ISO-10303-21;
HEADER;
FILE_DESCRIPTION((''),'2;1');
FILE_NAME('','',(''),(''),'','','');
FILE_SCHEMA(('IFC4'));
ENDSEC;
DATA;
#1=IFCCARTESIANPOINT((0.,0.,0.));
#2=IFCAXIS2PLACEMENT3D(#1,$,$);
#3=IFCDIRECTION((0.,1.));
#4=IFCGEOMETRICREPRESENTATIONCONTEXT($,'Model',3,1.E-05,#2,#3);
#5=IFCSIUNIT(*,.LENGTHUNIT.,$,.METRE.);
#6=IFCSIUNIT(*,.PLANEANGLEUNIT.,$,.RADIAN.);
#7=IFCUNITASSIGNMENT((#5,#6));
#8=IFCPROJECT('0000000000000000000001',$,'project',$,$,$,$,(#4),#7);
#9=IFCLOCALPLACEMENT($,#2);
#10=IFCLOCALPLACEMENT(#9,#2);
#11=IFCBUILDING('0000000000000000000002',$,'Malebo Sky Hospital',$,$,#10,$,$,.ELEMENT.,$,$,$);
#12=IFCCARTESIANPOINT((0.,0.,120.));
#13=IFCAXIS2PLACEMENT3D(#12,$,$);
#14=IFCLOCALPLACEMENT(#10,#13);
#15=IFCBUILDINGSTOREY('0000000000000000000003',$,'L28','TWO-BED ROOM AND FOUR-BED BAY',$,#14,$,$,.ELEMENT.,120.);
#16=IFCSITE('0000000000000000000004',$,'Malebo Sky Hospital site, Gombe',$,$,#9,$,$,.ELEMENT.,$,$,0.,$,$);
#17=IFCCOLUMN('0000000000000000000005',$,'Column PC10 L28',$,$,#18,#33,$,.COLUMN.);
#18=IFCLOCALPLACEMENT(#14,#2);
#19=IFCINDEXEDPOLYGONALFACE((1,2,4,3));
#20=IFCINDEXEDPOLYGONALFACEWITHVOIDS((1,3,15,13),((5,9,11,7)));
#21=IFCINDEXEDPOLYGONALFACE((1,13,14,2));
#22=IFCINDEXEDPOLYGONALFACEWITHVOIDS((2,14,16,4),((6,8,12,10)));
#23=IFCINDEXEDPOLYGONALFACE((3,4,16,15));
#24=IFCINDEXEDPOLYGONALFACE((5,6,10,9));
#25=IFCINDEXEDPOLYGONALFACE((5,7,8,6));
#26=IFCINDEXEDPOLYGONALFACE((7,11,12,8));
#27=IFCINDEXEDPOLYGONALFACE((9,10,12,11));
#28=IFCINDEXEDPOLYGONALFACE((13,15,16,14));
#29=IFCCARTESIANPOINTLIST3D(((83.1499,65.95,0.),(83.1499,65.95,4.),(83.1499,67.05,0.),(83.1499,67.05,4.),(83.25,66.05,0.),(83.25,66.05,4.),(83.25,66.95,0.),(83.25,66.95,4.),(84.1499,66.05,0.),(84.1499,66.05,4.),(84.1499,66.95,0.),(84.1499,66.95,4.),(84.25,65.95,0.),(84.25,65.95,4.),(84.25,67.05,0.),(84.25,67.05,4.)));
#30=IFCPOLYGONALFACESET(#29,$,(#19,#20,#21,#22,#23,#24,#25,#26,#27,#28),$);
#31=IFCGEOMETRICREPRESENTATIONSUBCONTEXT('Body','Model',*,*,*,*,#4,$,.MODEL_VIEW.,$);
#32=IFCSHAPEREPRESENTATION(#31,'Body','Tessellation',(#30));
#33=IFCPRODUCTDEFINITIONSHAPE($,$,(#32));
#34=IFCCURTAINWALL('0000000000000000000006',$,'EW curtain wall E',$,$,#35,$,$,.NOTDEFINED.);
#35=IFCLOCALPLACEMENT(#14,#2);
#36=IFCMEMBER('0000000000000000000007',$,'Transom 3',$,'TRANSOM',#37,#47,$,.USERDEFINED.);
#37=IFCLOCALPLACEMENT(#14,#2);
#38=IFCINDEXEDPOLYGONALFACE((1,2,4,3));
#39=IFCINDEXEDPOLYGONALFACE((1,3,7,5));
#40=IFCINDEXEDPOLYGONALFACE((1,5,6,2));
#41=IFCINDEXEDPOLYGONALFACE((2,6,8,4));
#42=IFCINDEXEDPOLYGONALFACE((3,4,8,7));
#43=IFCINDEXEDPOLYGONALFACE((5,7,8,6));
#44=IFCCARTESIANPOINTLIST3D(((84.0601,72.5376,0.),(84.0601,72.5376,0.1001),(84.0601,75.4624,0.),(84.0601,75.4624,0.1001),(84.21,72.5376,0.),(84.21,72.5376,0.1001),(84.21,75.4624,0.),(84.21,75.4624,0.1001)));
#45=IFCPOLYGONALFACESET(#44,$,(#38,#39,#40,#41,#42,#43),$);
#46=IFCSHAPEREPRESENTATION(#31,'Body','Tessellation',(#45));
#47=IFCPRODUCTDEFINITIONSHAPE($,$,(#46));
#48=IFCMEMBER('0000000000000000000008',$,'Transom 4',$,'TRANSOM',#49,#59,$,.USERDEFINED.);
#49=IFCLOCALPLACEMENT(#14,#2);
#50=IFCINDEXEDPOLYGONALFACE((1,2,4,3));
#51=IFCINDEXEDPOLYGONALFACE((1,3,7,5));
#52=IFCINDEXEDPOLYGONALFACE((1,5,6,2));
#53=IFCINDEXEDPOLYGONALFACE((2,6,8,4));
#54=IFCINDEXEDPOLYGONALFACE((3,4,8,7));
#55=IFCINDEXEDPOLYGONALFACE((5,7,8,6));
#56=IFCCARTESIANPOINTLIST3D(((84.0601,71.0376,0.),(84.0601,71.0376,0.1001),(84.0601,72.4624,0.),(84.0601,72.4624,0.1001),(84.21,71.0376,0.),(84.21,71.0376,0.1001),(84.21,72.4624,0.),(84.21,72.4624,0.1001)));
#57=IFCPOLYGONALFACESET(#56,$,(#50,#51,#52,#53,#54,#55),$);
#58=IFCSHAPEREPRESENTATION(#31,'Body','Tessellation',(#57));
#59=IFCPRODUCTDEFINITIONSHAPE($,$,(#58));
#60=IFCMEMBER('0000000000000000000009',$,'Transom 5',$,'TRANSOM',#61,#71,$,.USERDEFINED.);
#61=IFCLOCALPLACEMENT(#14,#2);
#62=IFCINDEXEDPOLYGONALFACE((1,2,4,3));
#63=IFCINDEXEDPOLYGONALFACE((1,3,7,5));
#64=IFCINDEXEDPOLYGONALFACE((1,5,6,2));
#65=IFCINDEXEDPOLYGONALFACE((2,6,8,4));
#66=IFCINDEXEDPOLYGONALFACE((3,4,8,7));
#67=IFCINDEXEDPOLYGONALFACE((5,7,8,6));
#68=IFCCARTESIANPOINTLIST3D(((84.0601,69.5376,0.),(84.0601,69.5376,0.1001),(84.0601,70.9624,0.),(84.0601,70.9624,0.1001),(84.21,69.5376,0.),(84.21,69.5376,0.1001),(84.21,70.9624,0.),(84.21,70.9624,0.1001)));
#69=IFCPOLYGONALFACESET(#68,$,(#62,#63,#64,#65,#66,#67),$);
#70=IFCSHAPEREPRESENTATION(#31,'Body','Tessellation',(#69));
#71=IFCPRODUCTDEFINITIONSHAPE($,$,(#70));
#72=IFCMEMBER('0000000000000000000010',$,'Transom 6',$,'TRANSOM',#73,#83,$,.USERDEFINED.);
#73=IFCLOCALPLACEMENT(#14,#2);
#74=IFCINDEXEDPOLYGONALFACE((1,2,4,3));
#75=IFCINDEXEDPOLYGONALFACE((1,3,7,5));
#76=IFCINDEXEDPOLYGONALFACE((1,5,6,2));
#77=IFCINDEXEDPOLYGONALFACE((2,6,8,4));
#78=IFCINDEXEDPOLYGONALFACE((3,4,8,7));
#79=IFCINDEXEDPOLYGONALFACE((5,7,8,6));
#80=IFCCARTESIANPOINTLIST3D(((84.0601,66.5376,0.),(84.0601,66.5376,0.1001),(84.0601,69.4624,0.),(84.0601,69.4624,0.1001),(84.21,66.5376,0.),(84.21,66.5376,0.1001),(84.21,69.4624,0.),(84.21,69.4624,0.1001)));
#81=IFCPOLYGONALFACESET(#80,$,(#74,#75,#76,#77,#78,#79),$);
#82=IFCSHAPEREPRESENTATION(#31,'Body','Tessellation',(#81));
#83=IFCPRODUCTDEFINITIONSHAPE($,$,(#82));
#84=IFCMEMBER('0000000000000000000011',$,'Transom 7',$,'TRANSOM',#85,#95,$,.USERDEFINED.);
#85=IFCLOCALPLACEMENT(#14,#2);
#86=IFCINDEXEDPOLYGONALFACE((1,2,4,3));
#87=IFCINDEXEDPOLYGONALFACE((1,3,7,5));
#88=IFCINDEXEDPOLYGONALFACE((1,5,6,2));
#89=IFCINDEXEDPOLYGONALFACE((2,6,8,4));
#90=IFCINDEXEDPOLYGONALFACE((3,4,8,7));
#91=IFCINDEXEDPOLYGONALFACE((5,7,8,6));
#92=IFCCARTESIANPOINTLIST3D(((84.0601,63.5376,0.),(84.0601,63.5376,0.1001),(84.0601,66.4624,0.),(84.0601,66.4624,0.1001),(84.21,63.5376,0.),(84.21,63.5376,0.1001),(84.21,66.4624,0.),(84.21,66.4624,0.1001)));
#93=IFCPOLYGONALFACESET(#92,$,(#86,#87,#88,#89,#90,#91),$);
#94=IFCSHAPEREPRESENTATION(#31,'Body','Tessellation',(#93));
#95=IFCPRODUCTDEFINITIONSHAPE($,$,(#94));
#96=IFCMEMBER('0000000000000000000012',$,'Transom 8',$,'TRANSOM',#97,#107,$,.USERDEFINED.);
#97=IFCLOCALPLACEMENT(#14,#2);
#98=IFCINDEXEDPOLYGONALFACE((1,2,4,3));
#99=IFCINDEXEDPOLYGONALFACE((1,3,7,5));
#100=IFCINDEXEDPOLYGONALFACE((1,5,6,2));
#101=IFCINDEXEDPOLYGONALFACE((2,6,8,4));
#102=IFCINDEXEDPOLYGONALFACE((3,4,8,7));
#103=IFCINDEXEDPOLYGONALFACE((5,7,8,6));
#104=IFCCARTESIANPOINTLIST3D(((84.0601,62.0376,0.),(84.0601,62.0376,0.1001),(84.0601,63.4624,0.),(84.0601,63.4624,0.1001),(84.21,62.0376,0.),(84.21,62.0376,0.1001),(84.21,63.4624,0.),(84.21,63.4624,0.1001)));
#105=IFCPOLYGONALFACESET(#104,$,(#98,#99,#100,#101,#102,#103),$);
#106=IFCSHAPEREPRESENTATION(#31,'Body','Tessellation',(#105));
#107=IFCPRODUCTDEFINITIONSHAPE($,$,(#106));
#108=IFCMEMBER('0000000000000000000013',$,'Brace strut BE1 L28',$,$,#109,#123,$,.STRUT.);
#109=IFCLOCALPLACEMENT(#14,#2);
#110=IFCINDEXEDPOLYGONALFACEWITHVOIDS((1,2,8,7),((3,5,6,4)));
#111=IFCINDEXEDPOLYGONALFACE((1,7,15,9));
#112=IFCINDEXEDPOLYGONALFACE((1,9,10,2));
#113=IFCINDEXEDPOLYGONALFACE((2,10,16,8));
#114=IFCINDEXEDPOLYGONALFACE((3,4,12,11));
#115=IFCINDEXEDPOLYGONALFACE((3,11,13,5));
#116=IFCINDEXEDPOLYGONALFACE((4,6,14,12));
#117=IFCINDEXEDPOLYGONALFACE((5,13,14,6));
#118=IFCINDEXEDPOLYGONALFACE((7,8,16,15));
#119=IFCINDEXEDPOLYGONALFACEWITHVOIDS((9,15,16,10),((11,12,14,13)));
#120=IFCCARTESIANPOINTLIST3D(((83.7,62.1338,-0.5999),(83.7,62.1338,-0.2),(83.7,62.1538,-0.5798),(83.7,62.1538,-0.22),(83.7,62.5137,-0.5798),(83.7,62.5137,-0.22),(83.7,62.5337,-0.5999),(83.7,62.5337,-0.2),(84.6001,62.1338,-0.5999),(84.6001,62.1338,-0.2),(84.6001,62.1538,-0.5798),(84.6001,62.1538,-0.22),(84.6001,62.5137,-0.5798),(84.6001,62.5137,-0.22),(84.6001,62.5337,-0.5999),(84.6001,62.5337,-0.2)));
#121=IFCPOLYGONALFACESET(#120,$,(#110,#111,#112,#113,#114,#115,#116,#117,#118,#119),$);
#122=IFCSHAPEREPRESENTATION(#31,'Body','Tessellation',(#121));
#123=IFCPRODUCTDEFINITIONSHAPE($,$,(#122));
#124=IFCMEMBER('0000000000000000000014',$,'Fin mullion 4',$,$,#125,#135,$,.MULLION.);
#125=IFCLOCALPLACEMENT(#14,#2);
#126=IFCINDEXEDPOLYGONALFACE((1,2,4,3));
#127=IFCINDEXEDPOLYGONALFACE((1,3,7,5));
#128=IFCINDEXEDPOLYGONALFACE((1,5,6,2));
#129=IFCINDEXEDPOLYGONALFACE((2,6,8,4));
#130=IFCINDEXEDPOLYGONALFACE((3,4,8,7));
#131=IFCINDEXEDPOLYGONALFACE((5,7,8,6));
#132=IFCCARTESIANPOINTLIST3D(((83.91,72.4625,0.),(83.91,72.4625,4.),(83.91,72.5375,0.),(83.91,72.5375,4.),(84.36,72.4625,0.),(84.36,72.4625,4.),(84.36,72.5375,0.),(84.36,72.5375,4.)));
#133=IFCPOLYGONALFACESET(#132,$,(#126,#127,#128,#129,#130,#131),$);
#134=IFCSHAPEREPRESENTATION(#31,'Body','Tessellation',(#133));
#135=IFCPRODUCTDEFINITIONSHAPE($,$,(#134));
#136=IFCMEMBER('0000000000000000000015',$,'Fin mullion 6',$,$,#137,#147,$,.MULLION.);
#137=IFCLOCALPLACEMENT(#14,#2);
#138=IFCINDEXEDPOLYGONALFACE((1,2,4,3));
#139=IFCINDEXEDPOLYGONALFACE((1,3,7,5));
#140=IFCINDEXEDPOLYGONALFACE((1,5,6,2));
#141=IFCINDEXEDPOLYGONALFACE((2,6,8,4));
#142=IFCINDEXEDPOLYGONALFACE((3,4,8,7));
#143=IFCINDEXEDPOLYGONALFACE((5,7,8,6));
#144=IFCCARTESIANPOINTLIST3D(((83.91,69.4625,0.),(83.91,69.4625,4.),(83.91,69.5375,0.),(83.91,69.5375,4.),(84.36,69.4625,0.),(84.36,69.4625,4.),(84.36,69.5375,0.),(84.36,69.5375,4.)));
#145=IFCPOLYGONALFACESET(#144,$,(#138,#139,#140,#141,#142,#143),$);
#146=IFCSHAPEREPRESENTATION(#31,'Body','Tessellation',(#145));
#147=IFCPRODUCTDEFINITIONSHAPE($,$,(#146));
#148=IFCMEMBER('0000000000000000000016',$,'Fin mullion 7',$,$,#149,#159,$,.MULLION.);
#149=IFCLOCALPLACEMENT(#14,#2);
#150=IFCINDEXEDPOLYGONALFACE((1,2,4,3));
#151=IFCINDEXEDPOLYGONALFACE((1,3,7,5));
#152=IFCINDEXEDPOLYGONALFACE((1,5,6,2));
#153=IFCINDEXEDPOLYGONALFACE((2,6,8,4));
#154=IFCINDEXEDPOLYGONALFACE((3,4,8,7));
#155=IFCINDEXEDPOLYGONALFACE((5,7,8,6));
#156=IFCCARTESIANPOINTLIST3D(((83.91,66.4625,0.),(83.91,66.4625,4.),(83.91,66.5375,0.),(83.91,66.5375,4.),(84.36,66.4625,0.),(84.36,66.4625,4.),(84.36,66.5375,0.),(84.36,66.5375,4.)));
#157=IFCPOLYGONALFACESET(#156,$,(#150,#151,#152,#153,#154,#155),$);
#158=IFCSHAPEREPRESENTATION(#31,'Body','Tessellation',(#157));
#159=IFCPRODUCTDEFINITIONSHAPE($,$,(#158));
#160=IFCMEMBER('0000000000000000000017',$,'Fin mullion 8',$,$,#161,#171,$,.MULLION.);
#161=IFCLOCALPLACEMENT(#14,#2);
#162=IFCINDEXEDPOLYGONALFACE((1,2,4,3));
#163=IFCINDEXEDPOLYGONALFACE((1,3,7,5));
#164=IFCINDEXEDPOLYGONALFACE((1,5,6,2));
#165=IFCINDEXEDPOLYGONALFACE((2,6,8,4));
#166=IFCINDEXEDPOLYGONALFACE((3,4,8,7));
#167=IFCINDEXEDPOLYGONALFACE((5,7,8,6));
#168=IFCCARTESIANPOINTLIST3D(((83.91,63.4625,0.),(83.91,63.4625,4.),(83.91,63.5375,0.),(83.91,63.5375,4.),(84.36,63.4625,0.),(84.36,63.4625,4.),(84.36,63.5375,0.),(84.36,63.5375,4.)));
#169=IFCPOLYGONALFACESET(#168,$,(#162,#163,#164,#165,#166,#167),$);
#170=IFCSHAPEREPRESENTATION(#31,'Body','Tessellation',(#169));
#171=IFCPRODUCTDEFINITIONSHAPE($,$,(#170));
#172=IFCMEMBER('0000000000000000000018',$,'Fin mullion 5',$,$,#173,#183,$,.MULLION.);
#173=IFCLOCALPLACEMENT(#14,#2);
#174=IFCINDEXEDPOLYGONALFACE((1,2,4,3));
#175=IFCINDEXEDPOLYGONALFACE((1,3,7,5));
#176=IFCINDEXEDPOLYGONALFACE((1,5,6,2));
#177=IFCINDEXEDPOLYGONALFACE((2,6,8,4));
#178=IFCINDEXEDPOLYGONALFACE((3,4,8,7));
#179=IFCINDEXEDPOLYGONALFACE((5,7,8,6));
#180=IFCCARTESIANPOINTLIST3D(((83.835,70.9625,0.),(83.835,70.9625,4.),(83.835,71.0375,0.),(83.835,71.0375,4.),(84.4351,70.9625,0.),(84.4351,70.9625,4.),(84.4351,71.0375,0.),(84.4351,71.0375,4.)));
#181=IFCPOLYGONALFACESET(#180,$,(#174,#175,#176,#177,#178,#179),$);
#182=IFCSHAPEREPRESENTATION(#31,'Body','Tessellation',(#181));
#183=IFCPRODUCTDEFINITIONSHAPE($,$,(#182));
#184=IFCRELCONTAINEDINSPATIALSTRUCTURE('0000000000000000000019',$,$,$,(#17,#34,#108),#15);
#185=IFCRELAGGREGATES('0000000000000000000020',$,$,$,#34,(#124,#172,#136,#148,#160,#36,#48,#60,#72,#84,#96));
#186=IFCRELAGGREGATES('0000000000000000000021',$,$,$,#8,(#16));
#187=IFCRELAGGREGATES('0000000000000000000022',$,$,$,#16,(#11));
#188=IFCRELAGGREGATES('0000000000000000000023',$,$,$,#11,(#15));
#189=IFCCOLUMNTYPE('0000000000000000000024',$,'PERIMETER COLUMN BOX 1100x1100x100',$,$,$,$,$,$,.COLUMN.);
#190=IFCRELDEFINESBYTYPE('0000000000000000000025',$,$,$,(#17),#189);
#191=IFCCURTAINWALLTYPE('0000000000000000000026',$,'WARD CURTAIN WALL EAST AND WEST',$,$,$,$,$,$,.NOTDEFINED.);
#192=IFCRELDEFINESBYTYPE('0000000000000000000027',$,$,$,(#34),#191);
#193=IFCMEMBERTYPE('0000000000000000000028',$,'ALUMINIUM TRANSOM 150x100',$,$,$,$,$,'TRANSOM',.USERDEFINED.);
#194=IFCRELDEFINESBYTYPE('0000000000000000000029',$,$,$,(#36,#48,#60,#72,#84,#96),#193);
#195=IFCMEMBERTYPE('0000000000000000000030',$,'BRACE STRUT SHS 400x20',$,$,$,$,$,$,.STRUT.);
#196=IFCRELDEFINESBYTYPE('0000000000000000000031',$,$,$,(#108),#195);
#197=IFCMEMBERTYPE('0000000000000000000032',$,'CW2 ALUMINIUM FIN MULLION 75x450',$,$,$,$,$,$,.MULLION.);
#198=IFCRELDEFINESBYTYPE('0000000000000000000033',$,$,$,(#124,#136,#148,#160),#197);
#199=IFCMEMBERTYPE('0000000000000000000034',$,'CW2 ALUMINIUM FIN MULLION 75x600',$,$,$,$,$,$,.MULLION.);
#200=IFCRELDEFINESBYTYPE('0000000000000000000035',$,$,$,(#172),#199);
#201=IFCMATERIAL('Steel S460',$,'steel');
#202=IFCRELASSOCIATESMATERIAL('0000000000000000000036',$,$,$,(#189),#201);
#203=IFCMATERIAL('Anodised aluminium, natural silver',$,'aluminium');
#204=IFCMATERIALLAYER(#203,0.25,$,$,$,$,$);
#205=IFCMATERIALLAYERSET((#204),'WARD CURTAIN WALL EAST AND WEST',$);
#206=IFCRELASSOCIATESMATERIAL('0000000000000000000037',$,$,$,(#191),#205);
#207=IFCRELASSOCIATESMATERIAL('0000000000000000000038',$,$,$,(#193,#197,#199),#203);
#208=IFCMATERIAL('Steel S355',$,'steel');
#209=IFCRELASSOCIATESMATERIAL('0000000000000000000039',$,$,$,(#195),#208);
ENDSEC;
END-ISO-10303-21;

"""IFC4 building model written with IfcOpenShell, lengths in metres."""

from ifc_helpers import new_model, si_unit, direction, frame, origin, origin_2d, place, context, subcontext, project, spatial, rectangle, hollow_rectangle, extrude, material, layer, layer_set, material_profile, profile_set, type_object, element, aggregate, save


model = new_model("IFC4")

# Units and contexts
model_context = context("Model", 3, precision=1e-05, world=origin(), true_north=direction((0.0, 1.0)))
body_context = subcontext(model_context, "Body", "Model", "MODEL_VIEW")
ifc_project = project(units=[si_unit("LENGTHUNIT", "METRE"), si_unit("PLANEANGLEUNIT", "RADIAN")], contexts=[model_context])

# Site, building, storey
site_placement = place(None, origin())
site = spatial("IfcSite", under=ifc_project, at=site_placement, Name="Malebo Sky Hospital site, Gombe", CompositionType="ELEMENT", RefElevation=0.0)
building_placement = place(site_placement, origin())
building = spatial("IfcBuilding", under=site, at=building_placement, Name="Malebo Sky Hospital", CompositionType="ELEMENT")
storey_placement = place(building_placement, frame((0.0, 0.0, 120.0)))
storey = spatial("IfcBuildingStorey", under=building, at=storey_placement, Name="L28", Description="TWO-BED ROOM AND FOUR-BED BAY", CompositionType="ELEMENT", Elevation=120.0)

# Column
ifc_material_1 = material(Name="Steel S460", Category="steel")
ifc_material_profile_1 = material_profile(ifc_material_1, hollow_rectangle(XDim=1.1001, YDim=1.1001, WallThickness=0.1001, at=origin_2d()), Name="BOX 1100x1100x100")
ifc_profile_set_1 = profile_set([ifc_material_profile_1], Name="Steel S460")
column_type = type_object("IfcColumnType", Name="PERIMETER COLUMN BOX 1100x1100x100", PredefinedType="COLUMN", material=ifc_profile_set_1)
column_placement = place(storey_placement, frame((83.7, 66.5, 0.0), z_axis=(0.0, 0.0, 1.0), x_axis=(1.0, 0.0, 0.0)))
element("IfcColumn", 1, at=column_placement, inside=storey, type_object=column_type, Name="Column PC10 L28", PredefinedType="COLUMN", context=body_context, shape_type="SweptSolid", body=[
    extrude(hollow_rectangle(XDim=1.1001, YDim=1.1001, WallThickness=0.1001, at=origin_2d()), origin(), (0.0, 0.0, 1.0), 4.0),
])

# Curtain wall, members
ifc_material_2 = material(Name="Anodised aluminium, natural silver", Category="aluminium")
ifc_layer_1 = layer(ifc_material_2, 0.25)
ifc_layer_set_1 = layer_set([ifc_layer_1], Name="WARD CURTAIN WALL EAST AND WEST")
curtain_wall_type = type_object("IfcCurtainWallType", Name="WARD CURTAIN WALL EAST AND WEST", PredefinedType="NOTDEFINED", material=ifc_layer_set_1)
curtain_wall_placement = place(storey_placement, origin())
curtain_wall = element("IfcCurtainWall", 2, at=curtain_wall_placement, inside=storey, type_object=curtain_wall_type, Name="EW curtain wall E", PredefinedType="NOTDEFINED")
ifc_material_profile_2 = material_profile(ifc_material_2, rectangle(XDim=0.1499, YDim=0.1001, at=origin_2d()), Name="ALUMINIUM TRANSOM 150x100")
ifc_profile_set_2 = profile_set([ifc_material_profile_2], Name="Anodised aluminium, natural silver")
member_type_1 = type_object("IfcMemberType", Name="ALUMINIUM TRANSOM 150x100", ElementType="TRANSOM", PredefinedType="USERDEFINED", material=ifc_profile_set_2)
member_1_placement = place(storey_placement, frame((84.135, 75.4624, 0.05), z_axis=(0.0, -1.0, 0.0), x_axis=(1.0, 0.0, 0.0)))
member_1 = element("IfcMember", 3, at=member_1_placement, type_object=member_type_1, Name="Transom 3", ObjectType="TRANSOM", PredefinedType="USERDEFINED", context=body_context, shape_type="SweptSolid", body=[
    extrude(rectangle(XDim=0.1499, YDim=0.1001, at=origin_2d()), origin(), (0.0, 0.0, 1.0), 2.9248),
])
member_2_placement = place(storey_placement, frame((84.135, 72.4624, 0.05), z_axis=(0.0, -1.0, 0.0), x_axis=(1.0, 0.0, 0.0)))
member_2 = element("IfcMember", 4, at=member_2_placement, type_object=member_type_1, Name="Transom 4", ObjectType="TRANSOM", PredefinedType="USERDEFINED", context=body_context, shape_type="SweptSolid", body=[
    extrude(rectangle(XDim=0.1499, YDim=0.1001, at=origin_2d()), origin(), (0.0, 0.0, 1.0), 1.4248),
])
member_3_placement = place(storey_placement, frame((84.135, 70.9624, 0.05), z_axis=(0.0, -1.0, 0.0), x_axis=(1.0, 0.0, 0.0)))
member_3 = element("IfcMember", 5, at=member_3_placement, type_object=member_type_1, Name="Transom 5", ObjectType="TRANSOM", PredefinedType="USERDEFINED", context=body_context, shape_type="SweptSolid", body=[
    extrude(rectangle(XDim=0.1499, YDim=0.1001, at=origin_2d()), origin(), (0.0, 0.0, 1.0), 1.4248),
])
member_4_placement = place(storey_placement, frame((84.135, 69.4624, 0.05), z_axis=(0.0, -1.0, 0.0), x_axis=(1.0, 0.0, 0.0)))
member_4 = element("IfcMember", 6, at=member_4_placement, type_object=member_type_1, Name="Transom 6", ObjectType="TRANSOM", PredefinedType="USERDEFINED", context=body_context, shape_type="SweptSolid", body=[
    extrude(rectangle(XDim=0.1499, YDim=0.1001, at=origin_2d()), origin(), (0.0, 0.0, 1.0), 2.9248),
])
member_5_placement = place(storey_placement, frame((84.135, 66.4624, 0.05), z_axis=(0.0, -1.0, 0.0), x_axis=(1.0, 0.0, 0.0)))
member_5 = element("IfcMember", 7, at=member_5_placement, type_object=member_type_1, Name="Transom 7", ObjectType="TRANSOM", PredefinedType="USERDEFINED", context=body_context, shape_type="SweptSolid", body=[
    extrude(rectangle(XDim=0.1499, YDim=0.1001, at=origin_2d()), origin(), (0.0, 0.0, 1.0), 2.9248),
])
member_6_placement = place(storey_placement, frame((84.135, 63.4624, 0.05), z_axis=(0.0, -1.0, 0.0), x_axis=(1.0, 0.0, 0.0)))
member_6 = element("IfcMember", 8, at=member_6_placement, type_object=member_type_1, Name="Transom 8", ObjectType="TRANSOM", PredefinedType="USERDEFINED", context=body_context, shape_type="SweptSolid", body=[
    extrude(rectangle(XDim=0.1499, YDim=0.1001, at=origin_2d()), origin(), (0.0, 0.0, 1.0), 1.4248),
])

# Members
ifc_material_3 = material(Name="Steel S355", Category="steel")
ifc_material_profile_3 = material_profile(ifc_material_3, hollow_rectangle(XDim=0.3999, YDim=0.3999, WallThickness=0.02, at=origin_2d()), Name="SHS 400x20")
ifc_profile_set_3 = profile_set([ifc_material_profile_3], Name="Steel S355")
member_type_2 = type_object("IfcMemberType", Name="BRACE STRUT SHS 400x20", PredefinedType="STRUT", material=ifc_profile_set_3)
member_7_placement = place(storey_placement, frame((84.6001, 62.3337, -0.3999), z_axis=(-1.0, 0.0, 0.0), x_axis=(0.0, -1.0, 0.0)))
element("IfcMember", 9, at=member_7_placement, inside=storey, type_object=member_type_2, Name="Brace strut BE1 L28", PredefinedType="STRUT", context=body_context, shape_type="SweptSolid", body=[
    extrude(hollow_rectangle(XDim=0.3999, YDim=0.3999, WallThickness=0.02, at=origin_2d()), origin(), (0.0, 0.0, 1.0), 0.9001),
])
ifc_material_profile_4 = material_profile(ifc_material_2, rectangle(XDim=0.075, YDim=0.45, at=origin_2d()), Name="CW2 ALUMINIUM FIN MULLION 75x450")
ifc_profile_set_4 = profile_set([ifc_material_profile_4], Name="Anodised aluminium, natural silver")
member_type_3 = type_object("IfcMemberType", Name="CW2 ALUMINIUM FIN MULLION 75x450", PredefinedType="MULLION", material=ifc_profile_set_4)
member_8_placement = place(storey_placement, frame((84.135, 72.5, 0.0), z_axis=(0.0, 0.0, 1.0), x_axis=(0.0, -1.0, 0.0)))
member_8 = element("IfcMember", 10, at=member_8_placement, type_object=member_type_3, Name="Fin mullion 4", PredefinedType="MULLION", context=body_context, shape_type="SweptSolid", body=[
    extrude(rectangle(XDim=0.075, YDim=0.45, at=origin_2d()), origin(), (0.0, 0.0, 1.0), 4.0),
])
member_9_placement = place(storey_placement, frame((84.135, 69.5, 0.0), z_axis=(0.0, 0.0, 1.0), x_axis=(0.0, -1.0, 0.0)))
member_9 = element("IfcMember", 11, at=member_9_placement, type_object=member_type_3, Name="Fin mullion 6", PredefinedType="MULLION", context=body_context, shape_type="SweptSolid", body=[
    extrude(rectangle(XDim=0.075, YDim=0.45, at=origin_2d()), origin(), (0.0, 0.0, 1.0), 4.0),
])
member_10_placement = place(storey_placement, frame((84.135, 66.5, 0.0), z_axis=(0.0, 0.0, 1.0), x_axis=(0.0, -1.0, 0.0)))
member_10 = element("IfcMember", 12, at=member_10_placement, type_object=member_type_3, Name="Fin mullion 7", PredefinedType="MULLION", context=body_context, shape_type="SweptSolid", body=[
    extrude(rectangle(XDim=0.075, YDim=0.45, at=origin_2d()), origin(), (0.0, 0.0, 1.0), 4.0),
])
member_11_placement = place(storey_placement, frame((84.135, 63.5, 0.0), z_axis=(0.0, 0.0, 1.0), x_axis=(0.0, -1.0, 0.0)))
member_11 = element("IfcMember", 13, at=member_11_placement, type_object=member_type_3, Name="Fin mullion 8", PredefinedType="MULLION", context=body_context, shape_type="SweptSolid", body=[
    extrude(rectangle(XDim=0.075, YDim=0.45, at=origin_2d()), origin(), (0.0, 0.0, 1.0), 4.0),
])
ifc_material_profile_5 = material_profile(ifc_material_2, rectangle(XDim=0.075, YDim=0.6001, at=origin_2d()), Name="CW2 ALUMINIUM FIN MULLION 75x600")
ifc_profile_set_5 = profile_set([ifc_material_profile_5], Name="Anodised aluminium, natural silver")
member_type_4 = type_object("IfcMemberType", Name="CW2 ALUMINIUM FIN MULLION 75x600", PredefinedType="MULLION", material=ifc_profile_set_5)
member_12_placement = place(storey_placement, frame((84.135, 71.0, 0.0), z_axis=(0.0, 0.0, 1.0), x_axis=(0.0, -1.0, 0.0)))
member_12 = element("IfcMember", 14, at=member_12_placement, type_object=member_type_4, Name="Fin mullion 5", PredefinedType="MULLION", context=body_context, shape_type="SweptSolid", body=[
    extrude(rectangle(XDim=0.075, YDim=0.6001, at=origin_2d()), origin(), (0.0, 0.0, 1.0), 4.0),
])

aggregate(curtain_wall, [member_8, member_12, member_9, member_10, member_11, member_1, member_2, member_3, member_4, member_5, member_6])

save(model, "model.ifc")
